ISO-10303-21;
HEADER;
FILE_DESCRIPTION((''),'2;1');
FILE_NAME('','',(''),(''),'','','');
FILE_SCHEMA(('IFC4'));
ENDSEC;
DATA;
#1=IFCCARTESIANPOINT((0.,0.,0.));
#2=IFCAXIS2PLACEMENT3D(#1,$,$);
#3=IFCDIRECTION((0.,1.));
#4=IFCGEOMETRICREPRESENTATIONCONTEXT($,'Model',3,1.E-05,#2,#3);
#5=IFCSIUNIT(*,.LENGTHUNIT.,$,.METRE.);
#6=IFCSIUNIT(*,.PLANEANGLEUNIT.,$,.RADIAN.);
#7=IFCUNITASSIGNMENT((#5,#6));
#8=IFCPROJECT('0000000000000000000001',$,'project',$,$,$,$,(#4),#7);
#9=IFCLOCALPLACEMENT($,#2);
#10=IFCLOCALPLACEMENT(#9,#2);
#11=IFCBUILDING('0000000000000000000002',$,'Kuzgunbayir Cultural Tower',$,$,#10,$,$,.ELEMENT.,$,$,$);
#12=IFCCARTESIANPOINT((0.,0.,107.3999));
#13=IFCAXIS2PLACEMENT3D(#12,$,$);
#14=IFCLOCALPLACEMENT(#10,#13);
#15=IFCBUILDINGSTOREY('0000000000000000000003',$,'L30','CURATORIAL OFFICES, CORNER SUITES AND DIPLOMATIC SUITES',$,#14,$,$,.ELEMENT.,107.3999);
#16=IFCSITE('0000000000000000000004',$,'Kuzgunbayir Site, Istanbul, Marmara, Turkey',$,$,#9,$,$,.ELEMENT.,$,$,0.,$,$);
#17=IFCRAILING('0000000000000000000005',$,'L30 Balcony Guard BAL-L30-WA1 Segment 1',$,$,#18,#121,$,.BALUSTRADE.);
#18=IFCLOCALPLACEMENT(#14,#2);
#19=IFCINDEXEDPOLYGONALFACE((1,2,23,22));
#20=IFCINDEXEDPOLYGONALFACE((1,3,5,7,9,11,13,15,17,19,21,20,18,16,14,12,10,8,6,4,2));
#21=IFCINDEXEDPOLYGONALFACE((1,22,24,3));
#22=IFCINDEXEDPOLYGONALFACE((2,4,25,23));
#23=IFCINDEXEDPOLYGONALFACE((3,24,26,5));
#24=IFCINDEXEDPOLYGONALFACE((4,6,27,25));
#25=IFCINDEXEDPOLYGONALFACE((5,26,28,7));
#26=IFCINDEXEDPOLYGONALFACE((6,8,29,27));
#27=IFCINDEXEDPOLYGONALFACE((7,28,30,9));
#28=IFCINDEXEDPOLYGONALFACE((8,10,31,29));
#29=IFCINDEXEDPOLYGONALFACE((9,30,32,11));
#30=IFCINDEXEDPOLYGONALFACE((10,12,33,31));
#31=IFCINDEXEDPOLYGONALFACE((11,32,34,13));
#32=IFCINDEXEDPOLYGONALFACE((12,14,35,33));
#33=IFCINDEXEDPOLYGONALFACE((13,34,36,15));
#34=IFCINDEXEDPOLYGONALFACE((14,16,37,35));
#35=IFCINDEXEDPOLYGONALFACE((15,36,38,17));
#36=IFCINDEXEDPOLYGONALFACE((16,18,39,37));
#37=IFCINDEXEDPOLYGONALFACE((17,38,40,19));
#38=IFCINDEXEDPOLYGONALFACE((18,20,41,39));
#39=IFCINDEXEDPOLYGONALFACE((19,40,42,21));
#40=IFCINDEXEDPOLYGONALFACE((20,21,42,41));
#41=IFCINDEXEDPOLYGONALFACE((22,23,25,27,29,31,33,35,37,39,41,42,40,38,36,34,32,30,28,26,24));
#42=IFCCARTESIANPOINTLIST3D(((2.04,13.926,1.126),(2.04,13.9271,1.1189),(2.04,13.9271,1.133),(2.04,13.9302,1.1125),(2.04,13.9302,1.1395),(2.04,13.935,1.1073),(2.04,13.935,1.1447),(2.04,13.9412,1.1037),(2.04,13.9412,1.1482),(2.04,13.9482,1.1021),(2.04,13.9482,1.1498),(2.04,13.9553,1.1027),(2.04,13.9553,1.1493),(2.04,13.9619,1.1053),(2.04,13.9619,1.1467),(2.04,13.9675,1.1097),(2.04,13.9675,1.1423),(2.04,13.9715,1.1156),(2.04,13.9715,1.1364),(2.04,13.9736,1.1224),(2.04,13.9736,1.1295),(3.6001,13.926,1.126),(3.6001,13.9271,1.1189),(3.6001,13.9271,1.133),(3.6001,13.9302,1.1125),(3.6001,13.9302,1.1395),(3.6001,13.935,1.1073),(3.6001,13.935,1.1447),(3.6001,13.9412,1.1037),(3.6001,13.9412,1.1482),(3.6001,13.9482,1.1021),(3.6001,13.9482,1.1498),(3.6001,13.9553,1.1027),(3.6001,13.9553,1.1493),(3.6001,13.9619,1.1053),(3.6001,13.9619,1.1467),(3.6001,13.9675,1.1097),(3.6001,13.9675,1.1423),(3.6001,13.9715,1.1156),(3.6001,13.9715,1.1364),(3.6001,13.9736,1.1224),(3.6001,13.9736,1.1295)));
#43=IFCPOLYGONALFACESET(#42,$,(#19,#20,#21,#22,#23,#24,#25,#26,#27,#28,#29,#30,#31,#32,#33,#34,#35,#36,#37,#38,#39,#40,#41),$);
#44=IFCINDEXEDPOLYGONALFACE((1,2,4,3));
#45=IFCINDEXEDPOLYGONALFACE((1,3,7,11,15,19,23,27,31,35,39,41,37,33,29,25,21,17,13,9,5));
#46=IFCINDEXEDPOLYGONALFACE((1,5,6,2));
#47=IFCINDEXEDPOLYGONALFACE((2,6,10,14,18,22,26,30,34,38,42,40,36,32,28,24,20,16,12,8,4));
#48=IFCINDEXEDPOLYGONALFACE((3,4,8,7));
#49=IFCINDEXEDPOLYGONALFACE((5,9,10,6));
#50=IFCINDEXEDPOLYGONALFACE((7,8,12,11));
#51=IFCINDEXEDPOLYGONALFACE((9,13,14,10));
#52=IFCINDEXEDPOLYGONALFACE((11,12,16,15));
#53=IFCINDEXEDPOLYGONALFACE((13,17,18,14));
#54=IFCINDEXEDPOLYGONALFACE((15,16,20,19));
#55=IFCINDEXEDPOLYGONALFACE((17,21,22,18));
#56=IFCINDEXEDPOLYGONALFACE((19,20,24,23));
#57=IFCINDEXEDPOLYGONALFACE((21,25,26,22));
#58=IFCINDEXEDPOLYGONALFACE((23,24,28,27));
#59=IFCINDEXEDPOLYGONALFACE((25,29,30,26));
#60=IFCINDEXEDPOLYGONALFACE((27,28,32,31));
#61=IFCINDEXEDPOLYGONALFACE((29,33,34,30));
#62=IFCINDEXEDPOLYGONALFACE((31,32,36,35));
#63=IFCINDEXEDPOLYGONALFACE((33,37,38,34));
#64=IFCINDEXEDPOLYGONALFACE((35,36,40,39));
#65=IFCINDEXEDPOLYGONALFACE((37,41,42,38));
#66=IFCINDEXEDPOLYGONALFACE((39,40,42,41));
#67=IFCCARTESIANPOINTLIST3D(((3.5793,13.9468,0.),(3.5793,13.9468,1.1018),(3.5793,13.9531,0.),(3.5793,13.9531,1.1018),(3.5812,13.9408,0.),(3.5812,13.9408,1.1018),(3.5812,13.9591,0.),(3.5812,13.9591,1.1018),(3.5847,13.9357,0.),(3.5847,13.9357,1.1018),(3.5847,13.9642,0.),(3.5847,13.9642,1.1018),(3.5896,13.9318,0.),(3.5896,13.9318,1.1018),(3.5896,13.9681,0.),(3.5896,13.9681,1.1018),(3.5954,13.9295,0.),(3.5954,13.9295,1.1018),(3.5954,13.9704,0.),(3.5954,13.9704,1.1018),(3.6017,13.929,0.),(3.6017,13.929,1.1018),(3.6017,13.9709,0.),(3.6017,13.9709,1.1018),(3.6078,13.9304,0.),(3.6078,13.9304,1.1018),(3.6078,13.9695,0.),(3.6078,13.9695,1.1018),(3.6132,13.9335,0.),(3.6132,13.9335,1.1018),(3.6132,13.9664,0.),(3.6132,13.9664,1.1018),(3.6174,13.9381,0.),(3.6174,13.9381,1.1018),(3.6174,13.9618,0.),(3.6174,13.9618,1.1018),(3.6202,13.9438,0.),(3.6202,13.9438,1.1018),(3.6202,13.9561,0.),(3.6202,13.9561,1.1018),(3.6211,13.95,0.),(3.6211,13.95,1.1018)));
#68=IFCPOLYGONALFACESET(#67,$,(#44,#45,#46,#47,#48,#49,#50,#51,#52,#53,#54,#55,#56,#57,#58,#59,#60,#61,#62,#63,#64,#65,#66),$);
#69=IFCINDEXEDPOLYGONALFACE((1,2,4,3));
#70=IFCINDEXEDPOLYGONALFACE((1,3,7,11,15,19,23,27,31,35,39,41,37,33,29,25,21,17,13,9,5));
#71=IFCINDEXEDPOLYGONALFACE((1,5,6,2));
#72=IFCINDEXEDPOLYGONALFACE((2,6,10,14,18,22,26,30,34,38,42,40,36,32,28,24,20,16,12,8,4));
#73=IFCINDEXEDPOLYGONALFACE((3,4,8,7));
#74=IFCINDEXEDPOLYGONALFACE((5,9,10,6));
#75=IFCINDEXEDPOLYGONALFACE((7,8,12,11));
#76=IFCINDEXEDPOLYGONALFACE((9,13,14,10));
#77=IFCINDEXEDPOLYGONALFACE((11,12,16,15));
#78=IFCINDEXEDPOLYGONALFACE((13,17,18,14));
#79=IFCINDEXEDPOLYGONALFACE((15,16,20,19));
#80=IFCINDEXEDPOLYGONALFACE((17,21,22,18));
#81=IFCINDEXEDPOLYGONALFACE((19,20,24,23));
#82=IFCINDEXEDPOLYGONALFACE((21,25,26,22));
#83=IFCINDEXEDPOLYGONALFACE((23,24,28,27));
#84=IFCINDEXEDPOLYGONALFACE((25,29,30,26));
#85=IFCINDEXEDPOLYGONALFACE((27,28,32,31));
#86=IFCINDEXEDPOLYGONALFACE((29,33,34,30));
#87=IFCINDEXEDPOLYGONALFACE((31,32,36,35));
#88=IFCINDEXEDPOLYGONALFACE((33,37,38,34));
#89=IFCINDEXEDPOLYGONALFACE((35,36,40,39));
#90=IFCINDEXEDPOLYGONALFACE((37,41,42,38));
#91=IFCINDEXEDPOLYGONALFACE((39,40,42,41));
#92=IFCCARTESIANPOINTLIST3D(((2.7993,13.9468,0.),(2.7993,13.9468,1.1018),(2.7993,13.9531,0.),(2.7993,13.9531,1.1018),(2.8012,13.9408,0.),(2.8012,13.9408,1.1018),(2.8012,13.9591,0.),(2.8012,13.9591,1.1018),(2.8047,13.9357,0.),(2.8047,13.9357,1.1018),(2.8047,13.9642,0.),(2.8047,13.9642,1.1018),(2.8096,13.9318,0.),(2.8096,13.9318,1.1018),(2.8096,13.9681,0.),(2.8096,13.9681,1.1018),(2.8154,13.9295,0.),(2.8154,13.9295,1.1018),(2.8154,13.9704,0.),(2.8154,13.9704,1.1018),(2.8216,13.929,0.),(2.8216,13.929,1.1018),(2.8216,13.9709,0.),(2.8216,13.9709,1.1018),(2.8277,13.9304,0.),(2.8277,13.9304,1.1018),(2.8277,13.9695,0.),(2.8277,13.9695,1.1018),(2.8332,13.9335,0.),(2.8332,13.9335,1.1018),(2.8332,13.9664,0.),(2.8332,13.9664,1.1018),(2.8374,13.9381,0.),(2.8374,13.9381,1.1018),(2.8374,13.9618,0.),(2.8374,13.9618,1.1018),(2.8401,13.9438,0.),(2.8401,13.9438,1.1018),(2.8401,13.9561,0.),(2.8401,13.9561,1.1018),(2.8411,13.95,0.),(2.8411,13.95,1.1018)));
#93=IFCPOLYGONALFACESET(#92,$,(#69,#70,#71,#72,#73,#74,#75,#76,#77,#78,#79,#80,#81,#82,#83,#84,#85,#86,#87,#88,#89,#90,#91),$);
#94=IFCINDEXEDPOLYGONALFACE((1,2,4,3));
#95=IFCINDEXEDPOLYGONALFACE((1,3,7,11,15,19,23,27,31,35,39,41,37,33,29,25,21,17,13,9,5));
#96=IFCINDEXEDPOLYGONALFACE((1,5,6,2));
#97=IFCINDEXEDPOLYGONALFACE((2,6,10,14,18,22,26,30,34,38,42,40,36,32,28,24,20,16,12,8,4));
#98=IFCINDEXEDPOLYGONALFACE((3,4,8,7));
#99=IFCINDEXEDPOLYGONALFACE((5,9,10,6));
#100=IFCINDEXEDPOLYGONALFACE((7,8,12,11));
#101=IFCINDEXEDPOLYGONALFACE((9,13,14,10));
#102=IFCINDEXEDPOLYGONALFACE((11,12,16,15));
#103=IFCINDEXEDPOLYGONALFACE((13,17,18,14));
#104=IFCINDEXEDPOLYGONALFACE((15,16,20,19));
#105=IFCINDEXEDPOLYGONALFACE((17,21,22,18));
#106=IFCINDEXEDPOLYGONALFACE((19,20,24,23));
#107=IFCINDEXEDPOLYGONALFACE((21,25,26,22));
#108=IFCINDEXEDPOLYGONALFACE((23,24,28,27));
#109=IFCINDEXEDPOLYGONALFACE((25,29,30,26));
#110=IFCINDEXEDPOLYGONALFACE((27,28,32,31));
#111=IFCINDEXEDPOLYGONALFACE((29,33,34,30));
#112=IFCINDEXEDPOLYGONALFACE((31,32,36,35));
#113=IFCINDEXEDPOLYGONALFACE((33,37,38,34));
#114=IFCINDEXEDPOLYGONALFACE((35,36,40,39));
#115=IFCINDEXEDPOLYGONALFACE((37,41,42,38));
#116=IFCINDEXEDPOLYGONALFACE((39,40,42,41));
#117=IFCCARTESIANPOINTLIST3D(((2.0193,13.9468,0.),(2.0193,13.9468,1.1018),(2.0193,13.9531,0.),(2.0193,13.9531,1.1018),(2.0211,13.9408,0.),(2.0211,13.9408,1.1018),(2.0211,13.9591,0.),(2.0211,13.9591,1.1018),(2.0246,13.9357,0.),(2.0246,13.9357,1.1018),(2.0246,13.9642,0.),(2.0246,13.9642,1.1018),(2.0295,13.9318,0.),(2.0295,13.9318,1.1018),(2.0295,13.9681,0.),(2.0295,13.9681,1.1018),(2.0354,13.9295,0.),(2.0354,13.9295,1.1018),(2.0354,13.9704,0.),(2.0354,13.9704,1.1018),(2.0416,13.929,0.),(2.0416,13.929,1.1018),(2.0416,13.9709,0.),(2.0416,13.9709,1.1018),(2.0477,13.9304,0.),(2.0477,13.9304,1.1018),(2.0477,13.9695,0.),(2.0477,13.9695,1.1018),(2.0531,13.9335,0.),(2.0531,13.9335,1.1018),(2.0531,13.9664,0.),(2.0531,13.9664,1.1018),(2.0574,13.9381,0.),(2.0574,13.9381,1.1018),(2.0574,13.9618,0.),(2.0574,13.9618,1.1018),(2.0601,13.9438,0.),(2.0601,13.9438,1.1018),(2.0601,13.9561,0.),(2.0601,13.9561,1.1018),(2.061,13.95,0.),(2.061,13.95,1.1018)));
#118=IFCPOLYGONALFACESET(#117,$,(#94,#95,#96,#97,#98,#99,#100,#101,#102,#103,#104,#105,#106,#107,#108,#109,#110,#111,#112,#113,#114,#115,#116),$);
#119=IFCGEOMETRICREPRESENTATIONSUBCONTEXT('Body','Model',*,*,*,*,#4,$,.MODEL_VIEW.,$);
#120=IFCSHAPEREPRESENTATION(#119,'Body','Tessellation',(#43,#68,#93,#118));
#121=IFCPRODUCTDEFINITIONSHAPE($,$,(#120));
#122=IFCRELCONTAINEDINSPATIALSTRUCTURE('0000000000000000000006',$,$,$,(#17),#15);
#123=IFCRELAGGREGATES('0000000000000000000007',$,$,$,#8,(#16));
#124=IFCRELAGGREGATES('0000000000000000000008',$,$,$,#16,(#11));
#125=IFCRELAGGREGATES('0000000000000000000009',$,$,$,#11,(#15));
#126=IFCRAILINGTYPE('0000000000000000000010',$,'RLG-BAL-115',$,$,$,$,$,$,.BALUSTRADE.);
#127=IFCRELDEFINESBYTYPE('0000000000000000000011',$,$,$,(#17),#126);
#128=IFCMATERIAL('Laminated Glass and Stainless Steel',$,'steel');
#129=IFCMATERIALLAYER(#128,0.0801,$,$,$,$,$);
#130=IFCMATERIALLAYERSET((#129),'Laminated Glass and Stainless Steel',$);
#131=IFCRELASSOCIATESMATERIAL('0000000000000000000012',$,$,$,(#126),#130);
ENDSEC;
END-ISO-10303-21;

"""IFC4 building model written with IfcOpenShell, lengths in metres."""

from ifc_helpers import new_model, si_unit, direction, frame, origin, origin_2d, place, context, subcontext, project, spatial, circle, extrude, material, layer, layer_set, type_object, element, save


model = new_model("IFC4")

# Units and contexts
model_context = context("Model", 3, precision=1e-05, world=origin(), true_north=direction((0.0, 1.0)))
body_context = subcontext(model_context, "Body", "Model", "MODEL_VIEW")
ifc_project = project(units=[si_unit("LENGTHUNIT", "METRE"), si_unit("PLANEANGLEUNIT", "RADIAN")], contexts=[model_context])

# Site, building, storey
site_placement = place(None, origin())
site = spatial("IfcSite", under=ifc_project, at=site_placement, Name="Kuzgunbayir Site, Istanbul, Marmara, Turkey", CompositionType="ELEMENT", RefElevation=0.0)
building_placement = place(site_placement, origin())
building = spatial("IfcBuilding", under=site, at=building_placement, Name="Kuzgunbayir Cultural Tower", CompositionType="ELEMENT")
storey_placement = place(building_placement, frame((0.0, 0.0, 107.3999)))
storey = spatial("IfcBuildingStorey", under=building, at=storey_placement, Name="L30", Description="CURATORIAL OFFICES, CORNER SUITES AND DIPLOMATIC SUITES", CompositionType="ELEMENT", Elevation=107.3999)

# Railing
ifc_material_1 = material(Name="Laminated Glass and Stainless Steel", Category="steel")
ifc_layer_1 = layer(ifc_material_1, 0.0801)
ifc_layer_set_1 = layer_set([ifc_layer_1], Name="Laminated Glass and Stainless Steel")
railing_type = type_object("IfcRailingType", Name="RLG-BAL-115", PredefinedType="BALUSTRADE", material=ifc_layer_set_1)
railing_1_placement = place(storey_placement, frame((3.6001, 13.95, 0.0)))
element("IfcRailing", 1, at=railing_1_placement, inside=storey, type_object=railing_type, Name="L30 Balcony Guard BAL-L30-WA1 Segment 1", PredefinedType="BALUSTRADE", context=body_context, shape_type="SweptSolid", body=[
    extrude(circle(Radius=0.0239, at=origin_2d()), frame((0.0, 0.0, 1.126), z_axis=(-1.0, 0.0, 0.0), x_axis=(0.0, -1.0, 0.0)), (0.0, 0.0, 1.0), 1.5601),
    extrude(circle(Radius=0.021, at=origin_2d()), origin(), (0.0, 0.0, 1.0), 1.1018),
    extrude(circle(Radius=0.021, at=origin_2d()), frame((-0.78, 0.0, 0.0)), (0.0, 0.0, 1.0), 1.1018),
    extrude(circle(Radius=0.021, at=origin_2d()), frame((-1.5601, 0.0, 0.0)), (0.0, 0.0, 1.0), 1.1018),
])

save(model, "model.ifc")
